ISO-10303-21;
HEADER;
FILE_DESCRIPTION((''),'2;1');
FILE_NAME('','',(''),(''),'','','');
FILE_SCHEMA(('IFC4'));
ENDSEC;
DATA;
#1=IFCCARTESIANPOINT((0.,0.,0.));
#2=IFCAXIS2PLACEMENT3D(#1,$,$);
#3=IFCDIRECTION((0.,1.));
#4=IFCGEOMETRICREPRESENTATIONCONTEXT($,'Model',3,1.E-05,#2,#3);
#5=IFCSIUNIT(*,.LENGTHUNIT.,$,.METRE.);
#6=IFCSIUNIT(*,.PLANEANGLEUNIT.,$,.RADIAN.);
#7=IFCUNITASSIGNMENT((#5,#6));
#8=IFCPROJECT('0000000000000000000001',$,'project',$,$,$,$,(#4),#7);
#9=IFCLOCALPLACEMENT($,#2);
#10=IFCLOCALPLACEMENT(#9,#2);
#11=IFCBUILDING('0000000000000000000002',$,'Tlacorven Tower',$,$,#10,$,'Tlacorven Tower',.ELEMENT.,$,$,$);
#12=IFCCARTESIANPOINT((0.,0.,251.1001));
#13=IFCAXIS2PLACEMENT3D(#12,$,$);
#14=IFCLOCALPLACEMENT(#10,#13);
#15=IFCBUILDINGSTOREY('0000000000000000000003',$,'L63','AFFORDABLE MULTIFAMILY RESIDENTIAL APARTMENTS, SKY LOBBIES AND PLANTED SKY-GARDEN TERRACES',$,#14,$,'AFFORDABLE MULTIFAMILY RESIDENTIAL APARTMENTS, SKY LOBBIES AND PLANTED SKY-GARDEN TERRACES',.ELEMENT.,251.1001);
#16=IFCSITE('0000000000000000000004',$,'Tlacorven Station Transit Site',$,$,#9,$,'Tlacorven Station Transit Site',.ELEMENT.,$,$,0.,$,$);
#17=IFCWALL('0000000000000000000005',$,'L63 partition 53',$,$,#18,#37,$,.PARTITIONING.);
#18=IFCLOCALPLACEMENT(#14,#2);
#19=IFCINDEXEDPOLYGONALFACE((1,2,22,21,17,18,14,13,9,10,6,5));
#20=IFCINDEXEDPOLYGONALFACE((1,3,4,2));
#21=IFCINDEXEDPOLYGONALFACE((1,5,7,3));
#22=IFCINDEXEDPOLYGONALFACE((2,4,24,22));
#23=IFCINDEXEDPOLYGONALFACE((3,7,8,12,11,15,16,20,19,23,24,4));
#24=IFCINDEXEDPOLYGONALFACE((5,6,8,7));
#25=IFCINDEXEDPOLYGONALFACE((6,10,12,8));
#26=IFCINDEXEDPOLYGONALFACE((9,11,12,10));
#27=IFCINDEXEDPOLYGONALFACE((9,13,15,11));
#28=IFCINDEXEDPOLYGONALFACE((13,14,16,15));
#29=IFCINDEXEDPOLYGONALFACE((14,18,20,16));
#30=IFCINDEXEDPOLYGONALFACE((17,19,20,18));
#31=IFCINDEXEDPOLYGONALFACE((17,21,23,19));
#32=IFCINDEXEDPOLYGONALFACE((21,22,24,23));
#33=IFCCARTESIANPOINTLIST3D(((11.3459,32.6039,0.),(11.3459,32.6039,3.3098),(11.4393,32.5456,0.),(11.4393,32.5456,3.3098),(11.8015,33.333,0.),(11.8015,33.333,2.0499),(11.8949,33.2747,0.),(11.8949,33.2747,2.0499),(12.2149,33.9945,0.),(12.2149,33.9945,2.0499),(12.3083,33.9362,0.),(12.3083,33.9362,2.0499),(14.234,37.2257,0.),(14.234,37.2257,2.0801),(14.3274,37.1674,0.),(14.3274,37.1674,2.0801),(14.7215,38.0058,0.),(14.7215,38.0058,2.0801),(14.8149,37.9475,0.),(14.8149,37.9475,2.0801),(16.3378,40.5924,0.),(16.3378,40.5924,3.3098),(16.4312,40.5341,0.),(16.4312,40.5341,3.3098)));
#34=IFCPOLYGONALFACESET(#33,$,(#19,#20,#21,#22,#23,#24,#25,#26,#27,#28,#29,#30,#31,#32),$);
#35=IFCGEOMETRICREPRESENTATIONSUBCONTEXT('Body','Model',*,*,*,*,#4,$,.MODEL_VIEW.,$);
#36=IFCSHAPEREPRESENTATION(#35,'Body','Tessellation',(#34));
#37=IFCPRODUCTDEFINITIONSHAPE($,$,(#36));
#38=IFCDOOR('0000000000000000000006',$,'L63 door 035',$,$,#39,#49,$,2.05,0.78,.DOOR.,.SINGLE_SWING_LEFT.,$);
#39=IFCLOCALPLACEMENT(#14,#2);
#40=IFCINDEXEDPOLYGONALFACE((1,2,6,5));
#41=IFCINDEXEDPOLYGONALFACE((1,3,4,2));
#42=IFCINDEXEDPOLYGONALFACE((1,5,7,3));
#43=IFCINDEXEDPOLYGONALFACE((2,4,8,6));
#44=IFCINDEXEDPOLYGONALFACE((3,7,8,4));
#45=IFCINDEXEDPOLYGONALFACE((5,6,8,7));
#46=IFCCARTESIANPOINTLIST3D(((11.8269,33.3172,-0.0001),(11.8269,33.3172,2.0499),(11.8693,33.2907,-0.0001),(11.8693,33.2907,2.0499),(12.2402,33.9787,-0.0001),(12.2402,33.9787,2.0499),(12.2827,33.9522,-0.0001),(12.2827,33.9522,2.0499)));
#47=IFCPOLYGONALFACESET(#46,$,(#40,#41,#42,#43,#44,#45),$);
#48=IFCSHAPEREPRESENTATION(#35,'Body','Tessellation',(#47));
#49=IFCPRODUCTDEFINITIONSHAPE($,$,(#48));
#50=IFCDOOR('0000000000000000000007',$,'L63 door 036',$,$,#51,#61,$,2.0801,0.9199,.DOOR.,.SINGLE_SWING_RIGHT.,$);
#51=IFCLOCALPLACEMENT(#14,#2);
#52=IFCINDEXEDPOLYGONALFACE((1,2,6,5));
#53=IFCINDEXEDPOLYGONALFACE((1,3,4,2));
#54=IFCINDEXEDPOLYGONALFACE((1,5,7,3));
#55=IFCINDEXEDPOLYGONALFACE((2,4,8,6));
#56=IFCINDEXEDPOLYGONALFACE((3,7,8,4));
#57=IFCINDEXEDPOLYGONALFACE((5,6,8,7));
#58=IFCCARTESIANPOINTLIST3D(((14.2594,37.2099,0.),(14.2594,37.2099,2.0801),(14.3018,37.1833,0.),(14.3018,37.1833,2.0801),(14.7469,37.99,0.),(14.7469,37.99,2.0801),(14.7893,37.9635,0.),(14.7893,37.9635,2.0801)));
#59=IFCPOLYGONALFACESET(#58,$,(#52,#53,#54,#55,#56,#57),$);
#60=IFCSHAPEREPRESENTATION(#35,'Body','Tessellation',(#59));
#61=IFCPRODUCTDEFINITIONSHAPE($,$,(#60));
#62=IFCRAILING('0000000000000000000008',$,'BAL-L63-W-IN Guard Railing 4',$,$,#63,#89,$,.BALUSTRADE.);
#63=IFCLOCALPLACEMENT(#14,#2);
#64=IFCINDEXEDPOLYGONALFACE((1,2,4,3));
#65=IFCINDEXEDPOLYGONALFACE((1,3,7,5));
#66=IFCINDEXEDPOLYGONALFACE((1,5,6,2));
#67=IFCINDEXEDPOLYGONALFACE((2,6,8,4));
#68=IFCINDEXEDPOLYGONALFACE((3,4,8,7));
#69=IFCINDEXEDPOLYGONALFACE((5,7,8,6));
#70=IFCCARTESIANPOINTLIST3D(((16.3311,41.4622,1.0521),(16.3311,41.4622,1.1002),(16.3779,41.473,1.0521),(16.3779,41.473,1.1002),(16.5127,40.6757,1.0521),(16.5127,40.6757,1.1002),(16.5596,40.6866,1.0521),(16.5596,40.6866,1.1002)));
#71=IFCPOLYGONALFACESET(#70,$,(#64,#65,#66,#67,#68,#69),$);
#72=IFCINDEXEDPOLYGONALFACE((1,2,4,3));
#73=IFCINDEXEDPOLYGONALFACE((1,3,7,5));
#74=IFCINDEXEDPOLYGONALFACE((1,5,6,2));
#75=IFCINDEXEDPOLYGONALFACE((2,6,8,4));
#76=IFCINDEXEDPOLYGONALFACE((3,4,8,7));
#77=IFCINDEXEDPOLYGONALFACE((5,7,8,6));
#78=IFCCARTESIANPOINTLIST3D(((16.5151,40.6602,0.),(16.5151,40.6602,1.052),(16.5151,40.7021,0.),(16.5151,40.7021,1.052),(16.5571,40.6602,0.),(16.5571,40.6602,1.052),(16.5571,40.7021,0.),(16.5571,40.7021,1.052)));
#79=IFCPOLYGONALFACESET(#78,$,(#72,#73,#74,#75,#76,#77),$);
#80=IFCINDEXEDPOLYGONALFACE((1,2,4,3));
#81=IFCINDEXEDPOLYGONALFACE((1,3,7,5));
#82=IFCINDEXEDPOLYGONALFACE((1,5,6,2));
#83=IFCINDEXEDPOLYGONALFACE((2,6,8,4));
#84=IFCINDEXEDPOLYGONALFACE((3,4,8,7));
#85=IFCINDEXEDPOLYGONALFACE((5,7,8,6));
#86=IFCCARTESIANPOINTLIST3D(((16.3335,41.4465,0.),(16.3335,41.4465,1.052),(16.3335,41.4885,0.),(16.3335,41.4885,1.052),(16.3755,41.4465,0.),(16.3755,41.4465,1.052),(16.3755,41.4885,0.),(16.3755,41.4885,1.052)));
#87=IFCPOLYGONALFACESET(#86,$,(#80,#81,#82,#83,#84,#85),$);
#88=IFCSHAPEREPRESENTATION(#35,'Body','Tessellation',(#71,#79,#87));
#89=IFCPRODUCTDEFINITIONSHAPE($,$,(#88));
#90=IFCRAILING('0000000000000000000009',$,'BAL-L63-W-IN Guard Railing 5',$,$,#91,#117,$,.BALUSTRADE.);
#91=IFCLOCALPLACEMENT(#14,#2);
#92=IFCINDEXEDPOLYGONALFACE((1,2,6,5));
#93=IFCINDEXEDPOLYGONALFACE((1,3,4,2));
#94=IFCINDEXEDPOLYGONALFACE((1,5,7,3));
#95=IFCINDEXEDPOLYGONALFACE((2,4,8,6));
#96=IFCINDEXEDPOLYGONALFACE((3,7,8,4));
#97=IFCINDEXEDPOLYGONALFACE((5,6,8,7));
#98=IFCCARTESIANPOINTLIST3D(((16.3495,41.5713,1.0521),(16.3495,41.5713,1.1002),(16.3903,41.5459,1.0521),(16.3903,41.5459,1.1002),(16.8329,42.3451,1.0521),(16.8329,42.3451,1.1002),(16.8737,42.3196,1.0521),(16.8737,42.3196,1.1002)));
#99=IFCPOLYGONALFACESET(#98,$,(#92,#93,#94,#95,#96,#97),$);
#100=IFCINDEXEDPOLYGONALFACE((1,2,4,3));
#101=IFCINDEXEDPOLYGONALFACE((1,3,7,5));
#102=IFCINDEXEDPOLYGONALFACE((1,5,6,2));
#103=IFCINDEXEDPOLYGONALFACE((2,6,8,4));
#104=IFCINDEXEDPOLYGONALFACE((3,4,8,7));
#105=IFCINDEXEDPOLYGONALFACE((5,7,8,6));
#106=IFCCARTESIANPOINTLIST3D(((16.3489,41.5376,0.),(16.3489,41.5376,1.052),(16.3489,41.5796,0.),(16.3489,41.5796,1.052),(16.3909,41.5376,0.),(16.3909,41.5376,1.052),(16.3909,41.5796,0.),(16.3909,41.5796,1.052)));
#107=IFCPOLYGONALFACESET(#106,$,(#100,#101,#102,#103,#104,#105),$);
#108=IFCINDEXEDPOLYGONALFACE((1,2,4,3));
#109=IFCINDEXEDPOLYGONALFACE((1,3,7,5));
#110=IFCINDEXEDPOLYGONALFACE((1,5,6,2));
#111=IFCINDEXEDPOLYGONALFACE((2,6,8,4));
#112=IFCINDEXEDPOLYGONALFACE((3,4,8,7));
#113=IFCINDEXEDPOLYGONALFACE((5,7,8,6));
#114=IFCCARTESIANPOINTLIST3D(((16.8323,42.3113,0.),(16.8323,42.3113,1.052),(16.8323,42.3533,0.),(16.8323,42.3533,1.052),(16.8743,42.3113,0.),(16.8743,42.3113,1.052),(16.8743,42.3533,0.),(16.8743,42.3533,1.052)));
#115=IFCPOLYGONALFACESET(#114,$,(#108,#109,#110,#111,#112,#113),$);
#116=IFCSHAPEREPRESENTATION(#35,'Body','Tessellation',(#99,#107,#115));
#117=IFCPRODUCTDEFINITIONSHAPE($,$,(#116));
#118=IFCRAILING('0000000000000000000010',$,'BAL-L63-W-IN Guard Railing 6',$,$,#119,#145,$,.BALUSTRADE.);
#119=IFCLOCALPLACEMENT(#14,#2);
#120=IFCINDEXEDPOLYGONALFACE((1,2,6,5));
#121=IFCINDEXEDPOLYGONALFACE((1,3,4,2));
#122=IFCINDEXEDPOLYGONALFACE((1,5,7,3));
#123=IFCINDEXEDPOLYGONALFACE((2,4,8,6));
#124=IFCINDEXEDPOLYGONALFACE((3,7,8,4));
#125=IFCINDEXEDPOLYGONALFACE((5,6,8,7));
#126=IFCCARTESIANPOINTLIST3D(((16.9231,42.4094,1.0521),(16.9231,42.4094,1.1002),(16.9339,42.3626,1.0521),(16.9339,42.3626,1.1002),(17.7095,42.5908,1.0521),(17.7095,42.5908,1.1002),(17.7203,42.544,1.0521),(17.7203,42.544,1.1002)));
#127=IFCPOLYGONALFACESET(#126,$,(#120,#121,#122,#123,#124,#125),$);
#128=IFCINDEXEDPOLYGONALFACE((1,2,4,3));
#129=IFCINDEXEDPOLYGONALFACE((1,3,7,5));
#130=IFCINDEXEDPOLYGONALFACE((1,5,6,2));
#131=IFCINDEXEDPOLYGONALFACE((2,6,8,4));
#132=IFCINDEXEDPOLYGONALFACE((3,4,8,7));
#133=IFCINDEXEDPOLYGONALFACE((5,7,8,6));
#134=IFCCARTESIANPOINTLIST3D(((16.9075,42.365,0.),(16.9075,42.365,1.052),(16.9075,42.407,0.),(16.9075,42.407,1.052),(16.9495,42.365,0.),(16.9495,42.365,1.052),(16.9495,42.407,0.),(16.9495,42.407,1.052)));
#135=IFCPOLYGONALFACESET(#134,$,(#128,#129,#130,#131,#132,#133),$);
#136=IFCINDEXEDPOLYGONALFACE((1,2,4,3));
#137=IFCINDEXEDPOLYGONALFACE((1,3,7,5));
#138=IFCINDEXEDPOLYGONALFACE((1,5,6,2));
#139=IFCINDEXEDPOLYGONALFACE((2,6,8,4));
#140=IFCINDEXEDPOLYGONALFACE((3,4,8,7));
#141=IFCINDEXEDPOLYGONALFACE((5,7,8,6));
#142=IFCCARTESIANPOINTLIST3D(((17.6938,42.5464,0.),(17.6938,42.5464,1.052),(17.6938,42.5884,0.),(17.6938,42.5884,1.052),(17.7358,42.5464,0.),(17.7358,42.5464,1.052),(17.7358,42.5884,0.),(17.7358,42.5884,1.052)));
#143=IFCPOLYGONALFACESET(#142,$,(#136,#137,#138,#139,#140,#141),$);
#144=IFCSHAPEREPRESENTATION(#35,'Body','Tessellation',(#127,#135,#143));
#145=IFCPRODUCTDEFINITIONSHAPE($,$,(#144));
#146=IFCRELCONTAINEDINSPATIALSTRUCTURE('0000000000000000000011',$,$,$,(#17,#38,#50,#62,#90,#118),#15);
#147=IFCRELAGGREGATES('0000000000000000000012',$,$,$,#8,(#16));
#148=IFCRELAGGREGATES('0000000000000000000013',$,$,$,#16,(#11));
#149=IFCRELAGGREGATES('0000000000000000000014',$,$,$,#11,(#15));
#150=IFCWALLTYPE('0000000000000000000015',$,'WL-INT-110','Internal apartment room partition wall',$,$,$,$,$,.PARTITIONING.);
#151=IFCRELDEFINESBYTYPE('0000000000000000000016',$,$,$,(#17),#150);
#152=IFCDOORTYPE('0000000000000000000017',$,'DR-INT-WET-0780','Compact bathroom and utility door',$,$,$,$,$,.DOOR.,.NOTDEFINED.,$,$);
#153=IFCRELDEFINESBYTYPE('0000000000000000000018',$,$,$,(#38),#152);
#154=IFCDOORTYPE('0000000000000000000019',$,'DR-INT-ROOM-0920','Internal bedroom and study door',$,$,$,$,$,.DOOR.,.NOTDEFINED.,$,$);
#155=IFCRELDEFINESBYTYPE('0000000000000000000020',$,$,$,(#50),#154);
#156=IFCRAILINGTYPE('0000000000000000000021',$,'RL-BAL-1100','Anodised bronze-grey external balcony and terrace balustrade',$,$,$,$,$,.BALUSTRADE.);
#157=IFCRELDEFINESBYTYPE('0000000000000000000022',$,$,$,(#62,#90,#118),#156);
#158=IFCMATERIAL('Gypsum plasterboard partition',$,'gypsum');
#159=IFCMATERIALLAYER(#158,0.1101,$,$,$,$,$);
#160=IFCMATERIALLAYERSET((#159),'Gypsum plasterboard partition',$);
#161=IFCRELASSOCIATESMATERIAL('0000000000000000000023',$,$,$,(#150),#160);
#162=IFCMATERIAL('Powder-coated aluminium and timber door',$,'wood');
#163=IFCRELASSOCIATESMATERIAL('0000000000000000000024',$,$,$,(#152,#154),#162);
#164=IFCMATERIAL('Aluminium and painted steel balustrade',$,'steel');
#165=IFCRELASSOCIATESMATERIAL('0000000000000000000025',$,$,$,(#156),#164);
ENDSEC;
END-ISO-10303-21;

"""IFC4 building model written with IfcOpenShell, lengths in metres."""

from ifc_helpers import new_model, si_unit, direction, frame, frame_2d, origin, origin_2d, place, context, subcontext, project, spatial, rectangle, extrude, source, transform, mapped, material, layer, layer_set, type_object, element, fill, save


model = new_model("IFC4")

# Units and contexts
model_context = context("Model", 3, precision=1e-05, world=origin(), true_north=direction((0.0, 1.0)))
body_context = subcontext(model_context, "Body", "Model", "MODEL_VIEW")
ifc_project = project(units=[si_unit("LENGTHUNIT", "METRE"), si_unit("PLANEANGLEUNIT", "RADIAN")], contexts=[model_context])

# Site, building, storey
site_placement = place(None, origin())
site = spatial("IfcSite", under=ifc_project, at=site_placement, Name="Tlacorven Station Transit Site", LongName="Tlacorven Station Transit Site", CompositionType="ELEMENT", RefElevation=0.0)
building_placement = place(site_placement, origin())
building = spatial("IfcBuilding", under=site, at=building_placement, Name="Tlacorven Tower", LongName="Tlacorven Tower", CompositionType="ELEMENT")
storey_placement = place(building_placement, frame((0.0, 0.0, 251.1001)))
storey = spatial("IfcBuildingStorey", under=building, at=storey_placement, Name="L63", Description="AFFORDABLE MULTIFAMILY RESIDENTIAL APARTMENTS, SKY LOBBIES AND PLANTED SKY-GARDEN TERRACES", LongName="AFFORDABLE MULTIFAMILY RESIDENTIAL APARTMENTS, SKY LOBBIES AND PLANTED SKY-GARDEN TERRACES", CompositionType="ELEMENT", Elevation=251.1001)

# Shared definitions
ifc_material_1 = material(Name="Powder-coated aluminium and timber door", Category="wood")

# Wall, openings, doors
ifc_material_2 = material(Name="Gypsum plasterboard partition", Category="gypsum")
ifc_layer_1 = layer(ifc_material_2, 0.1101)
ifc_layer_set_1 = layer_set([ifc_layer_1], Name="Gypsum plasterboard partition")
wall_type_1 = type_object("IfcWallType", Name="WL-INT-110", Description="Internal apartment room partition wall", PredefinedType="PARTITIONING", material=ifc_layer_set_1)
wall_1_placement = place(storey_placement, frame((16.3845, 40.5632, 0.0), z_axis=(0.0, 0.0, 1.0), x_axis=(-0.529931, -0.848041, 0.0)))
wall_1 = element("IfcWall", 1, at=wall_1_placement, inside=storey, type_object=wall_type_1, Name="L63 partition 53", PredefinedType="PARTITIONING", context=body_context, shape_type="SweptSolid", body=[
    extrude(rectangle(XDim=9.4199, YDim=0.1101, at=frame_2d((4.71, 0.0))), origin(), (0.0, 0.0, 1.0), 3.3098),
])
opening_1_placement = place(wall_1_placement, frame((7.78, 0.0, 0.0)))
opening_1 = element("IfcOpeningElement", 2, at=opening_1_placement, cuts=wall_1, PredefinedType="OPENING", context=body_context, shape_type="SweptSolid", body=[
    extrude(rectangle(XDim=0.78, YDim=2.05, at=frame_2d((0.3901, 1.0249))), frame((0.0, 0.0649, 0.0), z_axis=(0.0, -1.0, 0.0), x_axis=(1.0, 0.0, 0.0)), (0.0, 0.0, 1.0), 0.1301),
])
opening_2_placement = place(wall_1_placement, frame((3.05, 0.0, 0.0)))
opening_2 = element("IfcOpeningElement", 3, at=opening_2_placement, cuts=wall_1, PredefinedType="OPENING", context=body_context, shape_type="SweptSolid", body=[
    extrude(rectangle(XDim=0.9199, YDim=2.0801, at=frame_2d((0.46, 1.04))), frame((0.0, 0.0649, 0.0), z_axis=(0.0, -1.0, 0.0), x_axis=(1.0, 0.0, 0.0)), (0.0, 0.0, 1.0), 0.1301),
])
door_type_1 = type_object("IfcDoorType", Name="DR-INT-WET-0780", Description="Compact bathroom and utility door", OperationType="NOTDEFINED", PredefinedType="DOOR", material=ifc_material_1)
shared_shape_1 = source(origin(), body_context, "Body", "SweptSolid", [
    extrude(rectangle(XDim=0.78, YDim=2.05, at=frame_2d((0.3901, 1.0249))), frame((0.0, 0.0249, 0.0), z_axis=(0.0, -1.0, 0.0), x_axis=(1.0, 0.0, 0.0)), (0.0, 0.0, 1.0), 0.05),
])
door_1_placement = place(opening_1_placement, origin())
door_1 = element("IfcDoor", 4, at=door_1_placement, inside=storey, type_object=door_type_1, Name="L63 door 035", OperationType="SINGLE_SWING_LEFT", OverallHeight=2.05, OverallWidth=0.78, PredefinedType="DOOR", context=body_context, shape_type="MappedRepresentation", body=[
    mapped(shared_shape_1, transform((0.0, 0.0, 0.0), scale=1.0)),
])
fill(opening_1, door_1)
door_type_2 = type_object("IfcDoorType", Name="DR-INT-ROOM-0920", Description="Internal bedroom and study door", OperationType="NOTDEFINED", PredefinedType="DOOR", material=ifc_material_1)
shared_shape_2 = source(origin(), body_context, "Body", "SweptSolid", [
    extrude(rectangle(XDim=0.9199, YDim=2.0801, at=frame_2d((0.46, 1.04))), frame((0.0, 0.0249, 0.0), z_axis=(0.0, -1.0, 0.0), x_axis=(1.0, 0.0, 0.0)), (0.0, 0.0, 1.0), 0.05),
])
door_2_placement = place(opening_2_placement, origin())
door_2 = element("IfcDoor", 5, at=door_2_placement, inside=storey, type_object=door_type_2, Name="L63 door 036", OperationType="SINGLE_SWING_RIGHT", OverallHeight=2.0801, OverallWidth=0.9199, PredefinedType="DOOR", context=body_context, shape_type="MappedRepresentation", body=[
    mapped(shared_shape_2, transform((0.0, 0.0, 0.0), scale=1.0)),
])
fill(opening_2, door_2)

# Railings
ifc_material_3 = material(Name="Aluminium and painted steel balustrade", Category="steel")
railing_type = type_object("IfcRailingType", Name="RL-BAL-1100", Description="Anodised bronze-grey external balcony and terrace balustrade", PredefinedType="BALUSTRADE", material=ifc_material_3)
shared_shape_3 = source(origin(), body_context, "Body", "SweptSolid", [
    extrude(rectangle(XDim=0.0481, YDim=0.0481, at=origin_2d()), frame((0.0, 0.0, 1.0762), z_axis=(-0.225058, 0.974345, 0.0), x_axis=(-0.974345, -0.225058, 0.0)), (0.0, 0.0, 1.0), 0.8071),
    extrude(rectangle(XDim=0.042, YDim=0.042, at=origin_2d()), origin(), (0.0, 0.0, 1.0), 1.052),
    extrude(rectangle(XDim=0.042, YDim=0.042, at=origin_2d()), frame((-0.1816, 0.7864, 0.0)), (0.0, 0.0, 1.0), 1.052),
])
railing_1_placement = place(storey_placement, frame((16.5361, 40.6812, 0.0)))
element("IfcRailing", 6, at=railing_1_placement, inside=storey, type_object=railing_type, Name="BAL-L63-W-IN Guard Railing 4", PredefinedType="BALUSTRADE", context=body_context, shape_type="MappedRepresentation", body=[
    mapped(shared_shape_3, transform((0.0, 0.0, 0.0), scale=1.0)),
])
shared_shape_4 = source(origin(), body_context, "Body", "SweptSolid", [
    extrude(rectangle(XDim=0.0481, YDim=0.0481, at=origin_2d()), frame((0.0, 0.0, 1.0762), z_axis=(0.529879, 0.848073, 0.0), x_axis=(-0.848073, 0.529879, 0.0)), (0.0, 0.0, 1.0), 0.9124),
    extrude(rectangle(XDim=0.042, YDim=0.042, at=origin_2d()), origin(), (0.0, 0.0, 1.0), 1.052),
    extrude(rectangle(XDim=0.042, YDim=0.042, at=origin_2d()), frame((0.4834, 0.7737, 0.0)), (0.0, 0.0, 1.0), 1.052),
])
railing_2_placement = place(storey_placement, frame((16.3699, 41.5586, 0.0)))
element("IfcRailing", 7, at=railing_2_placement, inside=storey, type_object=railing_type, Name="BAL-L63-W-IN Guard Railing 5", PredefinedType="BALUSTRADE", context=body_context, shape_type="MappedRepresentation", body=[
    mapped(shared_shape_4, transform((0.0, 0.0, 0.0), scale=1.0)),
])
shared_shape_5 = source(origin(), body_context, "Body", "SweptSolid", [
    extrude(rectangle(XDim=0.0481, YDim=0.0481, at=origin_2d()), frame((0.0, 0.0, 1.0762), z_axis=(0.974412, 0.224771, 0.0), x_axis=(-0.224771, 0.974412, 0.0)), (0.0, 0.0, 1.0), 0.8071),
    extrude(rectangle(XDim=0.042, YDim=0.042, at=origin_2d()), origin(), (0.0, 0.0, 1.0), 1.052),
    extrude(rectangle(XDim=0.042, YDim=0.042, at=origin_2d()), frame((0.7864, 0.1814, 0.0)), (0.0, 0.0, 1.0), 1.052),
])
railing_3_placement = place(storey_placement, frame((16.9285, 42.386, 0.0)))
element("IfcRailing", 8, at=railing_3_placement, inside=storey, type_object=railing_type, Name="BAL-L63-W-IN Guard Railing 6", PredefinedType="BALUSTRADE", context=body_context, shape_type="MappedRepresentation", body=[
    mapped(shared_shape_5, transform((0.0, 0.0, 0.0), scale=1.0)),
])

save(model, "model.ifc")
